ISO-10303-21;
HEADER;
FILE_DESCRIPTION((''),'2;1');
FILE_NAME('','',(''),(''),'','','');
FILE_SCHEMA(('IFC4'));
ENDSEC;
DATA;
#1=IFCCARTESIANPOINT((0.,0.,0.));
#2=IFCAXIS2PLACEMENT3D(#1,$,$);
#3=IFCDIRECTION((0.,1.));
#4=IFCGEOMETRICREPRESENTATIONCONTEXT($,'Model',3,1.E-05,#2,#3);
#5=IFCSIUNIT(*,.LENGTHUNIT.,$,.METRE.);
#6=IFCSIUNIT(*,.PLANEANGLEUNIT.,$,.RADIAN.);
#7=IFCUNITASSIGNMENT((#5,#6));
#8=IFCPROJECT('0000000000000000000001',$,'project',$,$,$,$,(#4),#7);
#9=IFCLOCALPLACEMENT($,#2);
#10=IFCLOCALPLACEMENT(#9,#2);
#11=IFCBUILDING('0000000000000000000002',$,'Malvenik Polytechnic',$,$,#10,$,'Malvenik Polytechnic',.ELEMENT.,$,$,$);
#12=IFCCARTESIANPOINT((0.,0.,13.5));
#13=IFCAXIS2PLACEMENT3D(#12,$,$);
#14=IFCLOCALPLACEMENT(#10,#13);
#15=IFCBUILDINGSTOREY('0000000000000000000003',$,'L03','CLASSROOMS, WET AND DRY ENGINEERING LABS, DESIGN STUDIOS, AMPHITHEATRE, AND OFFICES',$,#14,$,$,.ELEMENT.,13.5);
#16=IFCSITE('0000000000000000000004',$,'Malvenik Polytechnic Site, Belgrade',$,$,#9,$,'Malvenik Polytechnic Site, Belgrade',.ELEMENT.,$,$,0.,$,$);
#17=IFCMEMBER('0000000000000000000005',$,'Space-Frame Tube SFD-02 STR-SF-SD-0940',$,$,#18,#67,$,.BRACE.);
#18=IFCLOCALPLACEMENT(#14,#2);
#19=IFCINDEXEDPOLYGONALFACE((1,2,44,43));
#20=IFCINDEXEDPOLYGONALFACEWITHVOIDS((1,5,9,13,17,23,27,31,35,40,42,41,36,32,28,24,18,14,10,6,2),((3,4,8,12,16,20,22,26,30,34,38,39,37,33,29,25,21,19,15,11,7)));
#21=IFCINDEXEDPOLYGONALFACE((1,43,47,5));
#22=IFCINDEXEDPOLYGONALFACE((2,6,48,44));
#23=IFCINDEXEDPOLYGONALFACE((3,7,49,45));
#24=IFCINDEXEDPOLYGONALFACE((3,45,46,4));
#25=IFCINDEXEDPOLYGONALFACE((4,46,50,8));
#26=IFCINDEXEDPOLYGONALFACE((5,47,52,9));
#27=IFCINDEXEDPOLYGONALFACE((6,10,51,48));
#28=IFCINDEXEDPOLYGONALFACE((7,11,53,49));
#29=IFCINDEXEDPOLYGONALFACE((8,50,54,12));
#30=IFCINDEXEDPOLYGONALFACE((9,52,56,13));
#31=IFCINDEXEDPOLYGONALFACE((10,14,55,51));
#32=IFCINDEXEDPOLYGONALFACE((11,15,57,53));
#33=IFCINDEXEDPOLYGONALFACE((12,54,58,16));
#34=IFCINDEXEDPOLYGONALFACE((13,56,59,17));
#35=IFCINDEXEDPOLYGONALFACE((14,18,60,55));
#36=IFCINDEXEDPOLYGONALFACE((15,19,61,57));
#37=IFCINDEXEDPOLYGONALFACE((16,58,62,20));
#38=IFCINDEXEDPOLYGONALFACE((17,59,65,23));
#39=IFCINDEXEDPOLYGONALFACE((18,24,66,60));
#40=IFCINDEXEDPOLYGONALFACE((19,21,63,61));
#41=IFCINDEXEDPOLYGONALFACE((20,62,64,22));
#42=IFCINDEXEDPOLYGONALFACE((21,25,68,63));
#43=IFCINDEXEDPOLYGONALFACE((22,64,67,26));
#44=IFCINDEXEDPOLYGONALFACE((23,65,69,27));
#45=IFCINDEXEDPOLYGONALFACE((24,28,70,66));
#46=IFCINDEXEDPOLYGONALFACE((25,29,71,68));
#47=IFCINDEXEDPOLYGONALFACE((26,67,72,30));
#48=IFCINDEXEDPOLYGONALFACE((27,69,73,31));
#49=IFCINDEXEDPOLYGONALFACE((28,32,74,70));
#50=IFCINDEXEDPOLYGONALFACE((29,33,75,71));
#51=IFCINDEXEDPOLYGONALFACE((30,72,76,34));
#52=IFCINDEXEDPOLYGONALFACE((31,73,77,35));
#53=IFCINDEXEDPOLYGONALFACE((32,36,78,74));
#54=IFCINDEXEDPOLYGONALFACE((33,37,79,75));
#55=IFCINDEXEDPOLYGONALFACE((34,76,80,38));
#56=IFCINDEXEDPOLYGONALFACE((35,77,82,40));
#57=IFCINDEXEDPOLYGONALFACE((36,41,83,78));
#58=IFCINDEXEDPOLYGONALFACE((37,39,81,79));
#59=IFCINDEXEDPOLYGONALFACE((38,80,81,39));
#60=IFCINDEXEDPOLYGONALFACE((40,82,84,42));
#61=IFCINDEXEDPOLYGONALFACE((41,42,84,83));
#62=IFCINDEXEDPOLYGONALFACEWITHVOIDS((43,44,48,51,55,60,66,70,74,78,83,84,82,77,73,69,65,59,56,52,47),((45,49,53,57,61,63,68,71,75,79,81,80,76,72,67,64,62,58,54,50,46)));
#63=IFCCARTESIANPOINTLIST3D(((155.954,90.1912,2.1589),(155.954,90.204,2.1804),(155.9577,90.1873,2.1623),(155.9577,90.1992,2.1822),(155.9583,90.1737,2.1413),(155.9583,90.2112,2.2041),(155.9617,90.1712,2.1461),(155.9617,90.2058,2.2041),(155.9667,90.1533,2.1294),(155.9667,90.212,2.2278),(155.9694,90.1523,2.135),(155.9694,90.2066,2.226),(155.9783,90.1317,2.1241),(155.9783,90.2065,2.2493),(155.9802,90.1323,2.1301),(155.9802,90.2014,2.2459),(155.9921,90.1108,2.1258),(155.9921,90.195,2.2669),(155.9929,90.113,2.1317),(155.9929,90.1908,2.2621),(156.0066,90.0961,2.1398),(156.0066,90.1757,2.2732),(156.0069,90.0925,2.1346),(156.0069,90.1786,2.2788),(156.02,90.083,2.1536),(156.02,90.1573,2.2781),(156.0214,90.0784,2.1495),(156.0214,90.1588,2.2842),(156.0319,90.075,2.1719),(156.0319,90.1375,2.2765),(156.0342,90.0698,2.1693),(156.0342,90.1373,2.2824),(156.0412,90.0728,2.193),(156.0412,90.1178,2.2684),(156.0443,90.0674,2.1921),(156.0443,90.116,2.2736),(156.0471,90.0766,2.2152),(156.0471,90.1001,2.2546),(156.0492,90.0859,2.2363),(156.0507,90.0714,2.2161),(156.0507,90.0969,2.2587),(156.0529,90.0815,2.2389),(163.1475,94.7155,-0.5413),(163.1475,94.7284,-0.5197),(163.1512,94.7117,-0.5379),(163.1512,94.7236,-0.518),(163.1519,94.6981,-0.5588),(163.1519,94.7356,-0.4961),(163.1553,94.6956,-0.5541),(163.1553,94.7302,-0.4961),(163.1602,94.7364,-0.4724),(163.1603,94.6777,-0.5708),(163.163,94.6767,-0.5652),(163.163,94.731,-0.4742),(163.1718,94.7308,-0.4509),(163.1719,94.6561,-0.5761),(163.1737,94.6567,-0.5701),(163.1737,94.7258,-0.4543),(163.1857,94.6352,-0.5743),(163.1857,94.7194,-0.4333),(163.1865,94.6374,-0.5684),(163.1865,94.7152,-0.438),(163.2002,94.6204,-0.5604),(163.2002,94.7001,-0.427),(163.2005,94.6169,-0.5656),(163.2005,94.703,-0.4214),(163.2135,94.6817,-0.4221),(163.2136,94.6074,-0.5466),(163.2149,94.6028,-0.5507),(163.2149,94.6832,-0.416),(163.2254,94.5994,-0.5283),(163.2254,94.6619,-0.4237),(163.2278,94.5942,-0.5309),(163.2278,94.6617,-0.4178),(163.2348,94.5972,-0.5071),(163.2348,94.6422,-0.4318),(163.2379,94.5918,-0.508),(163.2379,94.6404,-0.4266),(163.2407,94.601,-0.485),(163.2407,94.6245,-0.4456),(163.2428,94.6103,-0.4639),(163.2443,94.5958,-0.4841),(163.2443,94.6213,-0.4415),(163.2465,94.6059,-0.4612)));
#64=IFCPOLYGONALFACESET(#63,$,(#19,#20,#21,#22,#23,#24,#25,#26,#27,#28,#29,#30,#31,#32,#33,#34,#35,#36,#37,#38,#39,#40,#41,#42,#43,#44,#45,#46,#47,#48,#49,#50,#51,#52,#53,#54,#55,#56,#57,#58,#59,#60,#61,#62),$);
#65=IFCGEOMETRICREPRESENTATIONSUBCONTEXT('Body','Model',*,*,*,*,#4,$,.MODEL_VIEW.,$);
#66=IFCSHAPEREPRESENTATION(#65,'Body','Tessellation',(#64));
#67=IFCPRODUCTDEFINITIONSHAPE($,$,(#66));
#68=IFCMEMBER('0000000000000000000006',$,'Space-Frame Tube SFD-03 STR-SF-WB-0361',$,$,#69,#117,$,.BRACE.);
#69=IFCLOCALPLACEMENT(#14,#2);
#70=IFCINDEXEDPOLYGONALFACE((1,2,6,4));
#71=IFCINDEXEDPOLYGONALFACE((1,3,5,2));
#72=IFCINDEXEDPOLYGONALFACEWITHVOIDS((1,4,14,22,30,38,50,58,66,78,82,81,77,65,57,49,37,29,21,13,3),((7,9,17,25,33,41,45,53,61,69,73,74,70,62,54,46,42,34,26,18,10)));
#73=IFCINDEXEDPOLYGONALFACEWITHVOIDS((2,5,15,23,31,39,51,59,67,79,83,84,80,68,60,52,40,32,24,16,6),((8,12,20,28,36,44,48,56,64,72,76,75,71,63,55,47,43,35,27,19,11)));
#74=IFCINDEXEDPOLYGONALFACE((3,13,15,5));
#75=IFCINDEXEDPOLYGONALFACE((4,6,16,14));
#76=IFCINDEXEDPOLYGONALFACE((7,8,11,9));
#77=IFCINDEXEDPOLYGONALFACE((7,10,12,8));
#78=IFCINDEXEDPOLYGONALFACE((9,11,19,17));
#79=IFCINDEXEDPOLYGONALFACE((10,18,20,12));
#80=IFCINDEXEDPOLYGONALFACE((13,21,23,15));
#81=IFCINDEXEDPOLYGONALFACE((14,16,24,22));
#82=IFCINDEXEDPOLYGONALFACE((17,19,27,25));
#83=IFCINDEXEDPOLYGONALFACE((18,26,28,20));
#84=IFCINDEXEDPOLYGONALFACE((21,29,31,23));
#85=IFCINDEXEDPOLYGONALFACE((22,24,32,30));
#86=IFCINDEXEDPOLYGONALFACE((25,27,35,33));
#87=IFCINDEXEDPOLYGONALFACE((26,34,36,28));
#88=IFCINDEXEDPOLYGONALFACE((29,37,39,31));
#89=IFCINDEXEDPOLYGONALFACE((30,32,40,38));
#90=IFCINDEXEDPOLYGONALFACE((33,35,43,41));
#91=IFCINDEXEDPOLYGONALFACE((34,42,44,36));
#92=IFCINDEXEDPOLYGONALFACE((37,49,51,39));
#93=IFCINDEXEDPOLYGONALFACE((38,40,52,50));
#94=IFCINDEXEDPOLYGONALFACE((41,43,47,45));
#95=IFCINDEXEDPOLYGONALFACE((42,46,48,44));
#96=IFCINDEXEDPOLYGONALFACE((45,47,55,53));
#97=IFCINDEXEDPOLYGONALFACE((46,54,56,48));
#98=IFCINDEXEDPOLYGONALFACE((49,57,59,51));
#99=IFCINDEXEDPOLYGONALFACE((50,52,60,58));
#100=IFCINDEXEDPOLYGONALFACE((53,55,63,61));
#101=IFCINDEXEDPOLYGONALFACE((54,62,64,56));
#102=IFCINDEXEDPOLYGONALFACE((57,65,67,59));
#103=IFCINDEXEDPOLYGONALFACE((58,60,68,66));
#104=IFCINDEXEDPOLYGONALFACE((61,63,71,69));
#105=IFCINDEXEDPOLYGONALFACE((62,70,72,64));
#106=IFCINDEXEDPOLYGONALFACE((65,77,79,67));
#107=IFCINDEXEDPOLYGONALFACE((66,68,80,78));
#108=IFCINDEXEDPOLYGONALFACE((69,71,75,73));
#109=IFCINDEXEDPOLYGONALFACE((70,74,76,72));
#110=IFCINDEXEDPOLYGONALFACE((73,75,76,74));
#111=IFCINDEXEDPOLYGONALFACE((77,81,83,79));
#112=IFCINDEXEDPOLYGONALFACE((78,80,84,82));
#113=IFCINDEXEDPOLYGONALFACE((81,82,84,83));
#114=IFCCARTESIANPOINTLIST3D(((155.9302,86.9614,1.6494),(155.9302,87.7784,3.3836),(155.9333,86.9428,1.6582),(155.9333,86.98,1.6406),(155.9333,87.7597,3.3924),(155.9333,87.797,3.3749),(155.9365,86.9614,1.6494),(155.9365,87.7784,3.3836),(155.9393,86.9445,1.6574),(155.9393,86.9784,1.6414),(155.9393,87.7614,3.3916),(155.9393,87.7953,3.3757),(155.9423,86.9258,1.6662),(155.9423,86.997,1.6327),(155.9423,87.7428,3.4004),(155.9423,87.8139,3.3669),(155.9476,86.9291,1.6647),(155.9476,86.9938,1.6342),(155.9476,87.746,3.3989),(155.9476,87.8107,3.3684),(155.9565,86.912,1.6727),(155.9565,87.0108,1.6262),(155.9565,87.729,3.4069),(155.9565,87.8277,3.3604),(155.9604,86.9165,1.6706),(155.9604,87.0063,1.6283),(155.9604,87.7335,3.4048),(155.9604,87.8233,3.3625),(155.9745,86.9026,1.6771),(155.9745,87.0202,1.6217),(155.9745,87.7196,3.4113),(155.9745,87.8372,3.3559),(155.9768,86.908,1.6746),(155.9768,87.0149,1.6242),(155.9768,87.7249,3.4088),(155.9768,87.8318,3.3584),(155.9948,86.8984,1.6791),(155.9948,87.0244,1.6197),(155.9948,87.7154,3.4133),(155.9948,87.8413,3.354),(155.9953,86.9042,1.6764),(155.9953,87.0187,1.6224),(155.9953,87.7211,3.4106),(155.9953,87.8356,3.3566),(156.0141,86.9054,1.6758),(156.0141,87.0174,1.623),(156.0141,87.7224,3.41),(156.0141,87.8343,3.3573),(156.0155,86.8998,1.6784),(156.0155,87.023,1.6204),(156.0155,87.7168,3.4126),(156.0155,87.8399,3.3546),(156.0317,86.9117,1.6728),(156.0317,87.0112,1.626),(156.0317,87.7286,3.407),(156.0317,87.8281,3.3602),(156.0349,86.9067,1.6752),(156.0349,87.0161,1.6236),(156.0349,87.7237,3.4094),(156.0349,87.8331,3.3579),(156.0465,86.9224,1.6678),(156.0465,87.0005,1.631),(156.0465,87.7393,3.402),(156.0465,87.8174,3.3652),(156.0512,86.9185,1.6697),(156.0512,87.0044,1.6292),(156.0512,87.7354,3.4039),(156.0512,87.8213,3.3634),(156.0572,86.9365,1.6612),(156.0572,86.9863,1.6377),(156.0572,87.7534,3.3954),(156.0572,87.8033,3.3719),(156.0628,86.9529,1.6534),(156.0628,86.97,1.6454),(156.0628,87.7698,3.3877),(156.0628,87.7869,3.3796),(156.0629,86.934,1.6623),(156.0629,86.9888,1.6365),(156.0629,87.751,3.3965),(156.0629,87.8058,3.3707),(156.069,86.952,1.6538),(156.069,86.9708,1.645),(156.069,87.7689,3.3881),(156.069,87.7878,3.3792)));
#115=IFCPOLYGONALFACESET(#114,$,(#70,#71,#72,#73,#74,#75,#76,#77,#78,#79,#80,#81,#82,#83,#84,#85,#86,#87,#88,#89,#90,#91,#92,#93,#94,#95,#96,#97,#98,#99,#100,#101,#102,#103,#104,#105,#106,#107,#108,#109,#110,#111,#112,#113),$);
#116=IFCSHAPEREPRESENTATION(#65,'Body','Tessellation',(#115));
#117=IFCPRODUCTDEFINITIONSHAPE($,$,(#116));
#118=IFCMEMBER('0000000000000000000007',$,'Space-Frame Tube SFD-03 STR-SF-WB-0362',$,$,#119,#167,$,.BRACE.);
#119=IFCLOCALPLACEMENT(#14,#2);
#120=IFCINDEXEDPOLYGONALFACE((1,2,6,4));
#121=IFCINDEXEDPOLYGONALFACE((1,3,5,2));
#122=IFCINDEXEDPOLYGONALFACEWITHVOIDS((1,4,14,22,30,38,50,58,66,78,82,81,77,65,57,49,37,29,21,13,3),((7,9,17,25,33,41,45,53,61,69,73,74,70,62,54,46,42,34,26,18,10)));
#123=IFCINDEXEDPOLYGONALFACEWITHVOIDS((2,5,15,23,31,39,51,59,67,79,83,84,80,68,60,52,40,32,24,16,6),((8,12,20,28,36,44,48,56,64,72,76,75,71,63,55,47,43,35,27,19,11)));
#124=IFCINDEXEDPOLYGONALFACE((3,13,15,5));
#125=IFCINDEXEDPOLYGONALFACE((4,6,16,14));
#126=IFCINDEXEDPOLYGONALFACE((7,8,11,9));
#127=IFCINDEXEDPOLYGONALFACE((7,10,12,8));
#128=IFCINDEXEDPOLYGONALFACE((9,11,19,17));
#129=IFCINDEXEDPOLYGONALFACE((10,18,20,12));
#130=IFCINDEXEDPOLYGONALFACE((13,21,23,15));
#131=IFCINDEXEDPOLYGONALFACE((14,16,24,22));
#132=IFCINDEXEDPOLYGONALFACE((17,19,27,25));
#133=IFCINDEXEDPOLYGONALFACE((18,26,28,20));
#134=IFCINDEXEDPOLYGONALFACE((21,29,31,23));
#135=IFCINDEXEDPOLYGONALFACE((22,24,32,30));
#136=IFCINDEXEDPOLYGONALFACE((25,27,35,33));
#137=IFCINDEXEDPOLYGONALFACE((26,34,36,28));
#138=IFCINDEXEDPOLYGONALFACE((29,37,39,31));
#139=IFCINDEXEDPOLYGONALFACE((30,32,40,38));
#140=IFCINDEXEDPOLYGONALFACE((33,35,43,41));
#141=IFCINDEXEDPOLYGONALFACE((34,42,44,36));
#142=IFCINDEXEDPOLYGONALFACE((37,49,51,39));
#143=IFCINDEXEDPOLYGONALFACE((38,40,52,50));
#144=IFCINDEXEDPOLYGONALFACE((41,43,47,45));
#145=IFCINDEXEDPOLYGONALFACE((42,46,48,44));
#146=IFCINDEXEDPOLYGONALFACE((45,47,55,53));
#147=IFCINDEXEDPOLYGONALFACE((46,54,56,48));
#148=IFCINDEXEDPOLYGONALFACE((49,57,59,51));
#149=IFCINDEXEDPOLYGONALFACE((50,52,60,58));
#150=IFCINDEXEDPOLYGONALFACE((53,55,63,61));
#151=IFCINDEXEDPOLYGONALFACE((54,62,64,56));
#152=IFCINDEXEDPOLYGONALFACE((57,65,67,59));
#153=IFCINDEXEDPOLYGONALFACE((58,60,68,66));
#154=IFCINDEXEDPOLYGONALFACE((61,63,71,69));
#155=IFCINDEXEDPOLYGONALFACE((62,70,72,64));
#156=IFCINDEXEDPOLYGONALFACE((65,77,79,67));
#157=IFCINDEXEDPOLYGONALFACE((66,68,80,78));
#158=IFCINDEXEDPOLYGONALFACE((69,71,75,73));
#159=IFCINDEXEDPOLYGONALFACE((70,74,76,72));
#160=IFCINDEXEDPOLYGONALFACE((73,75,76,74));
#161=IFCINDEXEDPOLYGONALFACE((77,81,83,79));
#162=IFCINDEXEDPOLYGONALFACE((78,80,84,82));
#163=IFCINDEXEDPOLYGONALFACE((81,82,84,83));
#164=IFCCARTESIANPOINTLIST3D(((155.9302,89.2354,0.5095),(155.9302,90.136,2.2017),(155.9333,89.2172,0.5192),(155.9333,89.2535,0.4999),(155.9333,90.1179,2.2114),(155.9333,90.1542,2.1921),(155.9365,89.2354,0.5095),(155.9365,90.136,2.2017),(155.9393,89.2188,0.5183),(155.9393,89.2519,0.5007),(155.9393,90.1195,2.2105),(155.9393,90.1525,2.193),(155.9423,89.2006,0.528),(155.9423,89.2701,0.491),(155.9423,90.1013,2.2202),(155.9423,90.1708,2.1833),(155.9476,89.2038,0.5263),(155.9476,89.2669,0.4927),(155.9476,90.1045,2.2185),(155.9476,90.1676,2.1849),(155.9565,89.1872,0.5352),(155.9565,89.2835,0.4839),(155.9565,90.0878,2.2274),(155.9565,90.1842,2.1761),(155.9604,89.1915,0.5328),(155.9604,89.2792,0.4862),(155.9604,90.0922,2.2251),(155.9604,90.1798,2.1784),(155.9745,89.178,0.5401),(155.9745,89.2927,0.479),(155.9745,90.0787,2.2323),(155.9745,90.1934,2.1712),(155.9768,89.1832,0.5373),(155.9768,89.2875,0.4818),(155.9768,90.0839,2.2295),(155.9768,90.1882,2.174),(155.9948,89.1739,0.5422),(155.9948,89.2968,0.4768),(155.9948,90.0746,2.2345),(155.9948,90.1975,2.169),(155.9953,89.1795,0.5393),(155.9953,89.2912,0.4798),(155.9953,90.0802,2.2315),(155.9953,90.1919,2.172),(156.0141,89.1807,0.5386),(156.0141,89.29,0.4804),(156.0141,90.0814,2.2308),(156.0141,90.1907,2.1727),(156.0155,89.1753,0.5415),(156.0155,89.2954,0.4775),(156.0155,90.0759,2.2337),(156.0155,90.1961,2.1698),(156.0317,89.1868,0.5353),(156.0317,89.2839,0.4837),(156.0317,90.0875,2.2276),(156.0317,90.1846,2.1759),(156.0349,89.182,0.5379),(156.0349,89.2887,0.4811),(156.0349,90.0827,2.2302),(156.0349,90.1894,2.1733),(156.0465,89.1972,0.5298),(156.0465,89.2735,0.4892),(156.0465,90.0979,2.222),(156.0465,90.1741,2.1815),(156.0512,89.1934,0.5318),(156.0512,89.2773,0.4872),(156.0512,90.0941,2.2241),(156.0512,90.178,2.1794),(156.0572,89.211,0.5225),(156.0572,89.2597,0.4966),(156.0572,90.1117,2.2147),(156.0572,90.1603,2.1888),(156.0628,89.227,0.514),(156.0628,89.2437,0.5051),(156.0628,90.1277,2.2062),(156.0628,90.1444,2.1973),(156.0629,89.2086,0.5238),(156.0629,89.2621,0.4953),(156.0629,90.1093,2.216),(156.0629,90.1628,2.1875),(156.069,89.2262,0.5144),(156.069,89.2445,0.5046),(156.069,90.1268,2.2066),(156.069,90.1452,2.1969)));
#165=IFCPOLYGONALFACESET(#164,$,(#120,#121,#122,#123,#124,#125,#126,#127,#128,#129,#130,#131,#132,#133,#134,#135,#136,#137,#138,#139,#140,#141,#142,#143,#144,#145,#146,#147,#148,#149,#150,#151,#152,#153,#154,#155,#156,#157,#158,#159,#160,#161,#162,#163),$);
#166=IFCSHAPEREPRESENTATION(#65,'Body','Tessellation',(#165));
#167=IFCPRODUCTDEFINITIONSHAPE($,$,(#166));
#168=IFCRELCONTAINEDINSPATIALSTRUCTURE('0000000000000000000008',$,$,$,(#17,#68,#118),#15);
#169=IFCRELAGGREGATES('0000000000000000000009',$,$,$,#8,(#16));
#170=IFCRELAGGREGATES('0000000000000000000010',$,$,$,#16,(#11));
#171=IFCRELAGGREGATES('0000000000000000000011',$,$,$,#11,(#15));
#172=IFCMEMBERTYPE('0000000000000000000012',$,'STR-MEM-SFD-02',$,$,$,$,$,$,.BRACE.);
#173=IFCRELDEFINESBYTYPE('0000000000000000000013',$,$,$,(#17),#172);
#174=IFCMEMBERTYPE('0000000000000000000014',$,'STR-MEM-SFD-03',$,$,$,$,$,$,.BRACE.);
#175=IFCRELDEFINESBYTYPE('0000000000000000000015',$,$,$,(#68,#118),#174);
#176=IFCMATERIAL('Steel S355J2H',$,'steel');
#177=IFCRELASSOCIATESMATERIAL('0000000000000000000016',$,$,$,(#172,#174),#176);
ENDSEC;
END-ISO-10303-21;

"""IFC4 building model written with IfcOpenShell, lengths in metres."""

from ifc_helpers import new_model, si_unit, direction, frame, origin, origin_2d, place, context, subcontext, project, spatial, hollow_circle, extrude, material, material_profile, profile_set, type_object, element, save


model = new_model("IFC4")

# Units and contexts
model_context = context("Model", 3, precision=1e-05, world=origin(), true_north=direction((0.0, 1.0)))
body_context = subcontext(model_context, "Body", "Model", "MODEL_VIEW")
ifc_project = project(units=[si_unit("LENGTHUNIT", "METRE"), si_unit("PLANEANGLEUNIT", "RADIAN")], contexts=[model_context])

# Site, building, storey
site_placement = place(None, origin())
site = spatial("IfcSite", under=ifc_project, at=site_placement, Name="Malvenik Polytechnic Site, Belgrade", LongName="Malvenik Polytechnic Site, Belgrade", CompositionType="ELEMENT", RefElevation=0.0)
building_placement = place(site_placement, origin())
building = spatial("IfcBuilding", under=site, at=building_placement, Name="Malvenik Polytechnic", LongName="Malvenik Polytechnic", CompositionType="ELEMENT")
storey_placement = place(building_placement, frame((0.0, 0.0, 13.5)))
storey = spatial("IfcBuildingStorey", under=building, at=storey_placement, Name="L03", Description="CLASSROOMS, WET AND DRY ENGINEERING LABS, DESIGN STUDIOS, AMPHITHEATRE, AND OFFICES", CompositionType="ELEMENT", Elevation=13.5)

# Members
ifc_material_1 = material(Name="Steel S355J2H", Category="steel")
ifc_material_profile_1 = material_profile(ifc_material_1, hollow_circle(Radius=0.0842, WallThickness=0.0063, at=origin_2d()), Name="CHS 168.3x6.3")
ifc_profile_set_1 = profile_set([ifc_material_profile_1], Name="Steel S355J2H")
member_type_1 = type_object("IfcMemberType", Name="STR-MEM-SFD-02", PredefinedType="BRACE", material=ifc_profile_set_1)
for number, where, z_axis, x_axis, name in (
    (1, (156.0032, 90.1399, 2.2041), (0.806747, 0.507403, -0.302821), (-0.532401, 0.846492, 0.0), "Space-Frame Tube SFD-02 STR-SF-SD-0940"),
):
    element("IfcMember", number, at=place(storey_placement, frame(where, z_axis=z_axis, x_axis=x_axis)), inside=storey, type_object=member_type_1, Name=name, PredefinedType="BRACE", context=body_context, shape_type="SweptSolid", body=[
        extrude(hollow_circle(Radius=0.0842, WallThickness=0.0063, at=origin_2d()), origin(), (0.0, 0.0, 1.0), 8.9167),
    ])
ifc_material_profile_2 = material_profile(ifc_material_1, hollow_circle(Radius=0.0698, WallThickness=0.0063, at=origin_2d()), Name="CHS 139.7x6.3")
ifc_profile_set_2 = profile_set([ifc_material_profile_2], Name="Steel S355J2H")
member_type_2 = type_object("IfcMemberType", Name="STR-MEM-SFD-03", PredefinedType="BRACE", material=ifc_profile_set_2)
for number, where, z_axis, x_axis, name in (
    (2, (156.0, 86.9614, 1.6494), (0.0, 0.426153, 0.904651), (-1.0, 0.0, 0.0), "Space-Frame Tube SFD-03 STR-SF-WB-0361"),
    (3, (156.0, 89.2354, 0.5095), (0.0, 0.469841, 0.882751), (-1.0, 0.0, 0.0), "Space-Frame Tube SFD-03 STR-SF-WB-0362"),
):
    element("IfcMember", number, at=place(storey_placement, frame(where, z_axis=z_axis, x_axis=x_axis)), inside=storey, type_object=member_type_2, Name=name, PredefinedType="BRACE", context=body_context, shape_type="SweptSolid", body=[
        extrude(hollow_circle(Radius=0.0698, WallThickness=0.0063, at=origin_2d()), origin(), (0.0, 0.0, 1.0), 1.917),
    ])

save(model, "model.ifc")
